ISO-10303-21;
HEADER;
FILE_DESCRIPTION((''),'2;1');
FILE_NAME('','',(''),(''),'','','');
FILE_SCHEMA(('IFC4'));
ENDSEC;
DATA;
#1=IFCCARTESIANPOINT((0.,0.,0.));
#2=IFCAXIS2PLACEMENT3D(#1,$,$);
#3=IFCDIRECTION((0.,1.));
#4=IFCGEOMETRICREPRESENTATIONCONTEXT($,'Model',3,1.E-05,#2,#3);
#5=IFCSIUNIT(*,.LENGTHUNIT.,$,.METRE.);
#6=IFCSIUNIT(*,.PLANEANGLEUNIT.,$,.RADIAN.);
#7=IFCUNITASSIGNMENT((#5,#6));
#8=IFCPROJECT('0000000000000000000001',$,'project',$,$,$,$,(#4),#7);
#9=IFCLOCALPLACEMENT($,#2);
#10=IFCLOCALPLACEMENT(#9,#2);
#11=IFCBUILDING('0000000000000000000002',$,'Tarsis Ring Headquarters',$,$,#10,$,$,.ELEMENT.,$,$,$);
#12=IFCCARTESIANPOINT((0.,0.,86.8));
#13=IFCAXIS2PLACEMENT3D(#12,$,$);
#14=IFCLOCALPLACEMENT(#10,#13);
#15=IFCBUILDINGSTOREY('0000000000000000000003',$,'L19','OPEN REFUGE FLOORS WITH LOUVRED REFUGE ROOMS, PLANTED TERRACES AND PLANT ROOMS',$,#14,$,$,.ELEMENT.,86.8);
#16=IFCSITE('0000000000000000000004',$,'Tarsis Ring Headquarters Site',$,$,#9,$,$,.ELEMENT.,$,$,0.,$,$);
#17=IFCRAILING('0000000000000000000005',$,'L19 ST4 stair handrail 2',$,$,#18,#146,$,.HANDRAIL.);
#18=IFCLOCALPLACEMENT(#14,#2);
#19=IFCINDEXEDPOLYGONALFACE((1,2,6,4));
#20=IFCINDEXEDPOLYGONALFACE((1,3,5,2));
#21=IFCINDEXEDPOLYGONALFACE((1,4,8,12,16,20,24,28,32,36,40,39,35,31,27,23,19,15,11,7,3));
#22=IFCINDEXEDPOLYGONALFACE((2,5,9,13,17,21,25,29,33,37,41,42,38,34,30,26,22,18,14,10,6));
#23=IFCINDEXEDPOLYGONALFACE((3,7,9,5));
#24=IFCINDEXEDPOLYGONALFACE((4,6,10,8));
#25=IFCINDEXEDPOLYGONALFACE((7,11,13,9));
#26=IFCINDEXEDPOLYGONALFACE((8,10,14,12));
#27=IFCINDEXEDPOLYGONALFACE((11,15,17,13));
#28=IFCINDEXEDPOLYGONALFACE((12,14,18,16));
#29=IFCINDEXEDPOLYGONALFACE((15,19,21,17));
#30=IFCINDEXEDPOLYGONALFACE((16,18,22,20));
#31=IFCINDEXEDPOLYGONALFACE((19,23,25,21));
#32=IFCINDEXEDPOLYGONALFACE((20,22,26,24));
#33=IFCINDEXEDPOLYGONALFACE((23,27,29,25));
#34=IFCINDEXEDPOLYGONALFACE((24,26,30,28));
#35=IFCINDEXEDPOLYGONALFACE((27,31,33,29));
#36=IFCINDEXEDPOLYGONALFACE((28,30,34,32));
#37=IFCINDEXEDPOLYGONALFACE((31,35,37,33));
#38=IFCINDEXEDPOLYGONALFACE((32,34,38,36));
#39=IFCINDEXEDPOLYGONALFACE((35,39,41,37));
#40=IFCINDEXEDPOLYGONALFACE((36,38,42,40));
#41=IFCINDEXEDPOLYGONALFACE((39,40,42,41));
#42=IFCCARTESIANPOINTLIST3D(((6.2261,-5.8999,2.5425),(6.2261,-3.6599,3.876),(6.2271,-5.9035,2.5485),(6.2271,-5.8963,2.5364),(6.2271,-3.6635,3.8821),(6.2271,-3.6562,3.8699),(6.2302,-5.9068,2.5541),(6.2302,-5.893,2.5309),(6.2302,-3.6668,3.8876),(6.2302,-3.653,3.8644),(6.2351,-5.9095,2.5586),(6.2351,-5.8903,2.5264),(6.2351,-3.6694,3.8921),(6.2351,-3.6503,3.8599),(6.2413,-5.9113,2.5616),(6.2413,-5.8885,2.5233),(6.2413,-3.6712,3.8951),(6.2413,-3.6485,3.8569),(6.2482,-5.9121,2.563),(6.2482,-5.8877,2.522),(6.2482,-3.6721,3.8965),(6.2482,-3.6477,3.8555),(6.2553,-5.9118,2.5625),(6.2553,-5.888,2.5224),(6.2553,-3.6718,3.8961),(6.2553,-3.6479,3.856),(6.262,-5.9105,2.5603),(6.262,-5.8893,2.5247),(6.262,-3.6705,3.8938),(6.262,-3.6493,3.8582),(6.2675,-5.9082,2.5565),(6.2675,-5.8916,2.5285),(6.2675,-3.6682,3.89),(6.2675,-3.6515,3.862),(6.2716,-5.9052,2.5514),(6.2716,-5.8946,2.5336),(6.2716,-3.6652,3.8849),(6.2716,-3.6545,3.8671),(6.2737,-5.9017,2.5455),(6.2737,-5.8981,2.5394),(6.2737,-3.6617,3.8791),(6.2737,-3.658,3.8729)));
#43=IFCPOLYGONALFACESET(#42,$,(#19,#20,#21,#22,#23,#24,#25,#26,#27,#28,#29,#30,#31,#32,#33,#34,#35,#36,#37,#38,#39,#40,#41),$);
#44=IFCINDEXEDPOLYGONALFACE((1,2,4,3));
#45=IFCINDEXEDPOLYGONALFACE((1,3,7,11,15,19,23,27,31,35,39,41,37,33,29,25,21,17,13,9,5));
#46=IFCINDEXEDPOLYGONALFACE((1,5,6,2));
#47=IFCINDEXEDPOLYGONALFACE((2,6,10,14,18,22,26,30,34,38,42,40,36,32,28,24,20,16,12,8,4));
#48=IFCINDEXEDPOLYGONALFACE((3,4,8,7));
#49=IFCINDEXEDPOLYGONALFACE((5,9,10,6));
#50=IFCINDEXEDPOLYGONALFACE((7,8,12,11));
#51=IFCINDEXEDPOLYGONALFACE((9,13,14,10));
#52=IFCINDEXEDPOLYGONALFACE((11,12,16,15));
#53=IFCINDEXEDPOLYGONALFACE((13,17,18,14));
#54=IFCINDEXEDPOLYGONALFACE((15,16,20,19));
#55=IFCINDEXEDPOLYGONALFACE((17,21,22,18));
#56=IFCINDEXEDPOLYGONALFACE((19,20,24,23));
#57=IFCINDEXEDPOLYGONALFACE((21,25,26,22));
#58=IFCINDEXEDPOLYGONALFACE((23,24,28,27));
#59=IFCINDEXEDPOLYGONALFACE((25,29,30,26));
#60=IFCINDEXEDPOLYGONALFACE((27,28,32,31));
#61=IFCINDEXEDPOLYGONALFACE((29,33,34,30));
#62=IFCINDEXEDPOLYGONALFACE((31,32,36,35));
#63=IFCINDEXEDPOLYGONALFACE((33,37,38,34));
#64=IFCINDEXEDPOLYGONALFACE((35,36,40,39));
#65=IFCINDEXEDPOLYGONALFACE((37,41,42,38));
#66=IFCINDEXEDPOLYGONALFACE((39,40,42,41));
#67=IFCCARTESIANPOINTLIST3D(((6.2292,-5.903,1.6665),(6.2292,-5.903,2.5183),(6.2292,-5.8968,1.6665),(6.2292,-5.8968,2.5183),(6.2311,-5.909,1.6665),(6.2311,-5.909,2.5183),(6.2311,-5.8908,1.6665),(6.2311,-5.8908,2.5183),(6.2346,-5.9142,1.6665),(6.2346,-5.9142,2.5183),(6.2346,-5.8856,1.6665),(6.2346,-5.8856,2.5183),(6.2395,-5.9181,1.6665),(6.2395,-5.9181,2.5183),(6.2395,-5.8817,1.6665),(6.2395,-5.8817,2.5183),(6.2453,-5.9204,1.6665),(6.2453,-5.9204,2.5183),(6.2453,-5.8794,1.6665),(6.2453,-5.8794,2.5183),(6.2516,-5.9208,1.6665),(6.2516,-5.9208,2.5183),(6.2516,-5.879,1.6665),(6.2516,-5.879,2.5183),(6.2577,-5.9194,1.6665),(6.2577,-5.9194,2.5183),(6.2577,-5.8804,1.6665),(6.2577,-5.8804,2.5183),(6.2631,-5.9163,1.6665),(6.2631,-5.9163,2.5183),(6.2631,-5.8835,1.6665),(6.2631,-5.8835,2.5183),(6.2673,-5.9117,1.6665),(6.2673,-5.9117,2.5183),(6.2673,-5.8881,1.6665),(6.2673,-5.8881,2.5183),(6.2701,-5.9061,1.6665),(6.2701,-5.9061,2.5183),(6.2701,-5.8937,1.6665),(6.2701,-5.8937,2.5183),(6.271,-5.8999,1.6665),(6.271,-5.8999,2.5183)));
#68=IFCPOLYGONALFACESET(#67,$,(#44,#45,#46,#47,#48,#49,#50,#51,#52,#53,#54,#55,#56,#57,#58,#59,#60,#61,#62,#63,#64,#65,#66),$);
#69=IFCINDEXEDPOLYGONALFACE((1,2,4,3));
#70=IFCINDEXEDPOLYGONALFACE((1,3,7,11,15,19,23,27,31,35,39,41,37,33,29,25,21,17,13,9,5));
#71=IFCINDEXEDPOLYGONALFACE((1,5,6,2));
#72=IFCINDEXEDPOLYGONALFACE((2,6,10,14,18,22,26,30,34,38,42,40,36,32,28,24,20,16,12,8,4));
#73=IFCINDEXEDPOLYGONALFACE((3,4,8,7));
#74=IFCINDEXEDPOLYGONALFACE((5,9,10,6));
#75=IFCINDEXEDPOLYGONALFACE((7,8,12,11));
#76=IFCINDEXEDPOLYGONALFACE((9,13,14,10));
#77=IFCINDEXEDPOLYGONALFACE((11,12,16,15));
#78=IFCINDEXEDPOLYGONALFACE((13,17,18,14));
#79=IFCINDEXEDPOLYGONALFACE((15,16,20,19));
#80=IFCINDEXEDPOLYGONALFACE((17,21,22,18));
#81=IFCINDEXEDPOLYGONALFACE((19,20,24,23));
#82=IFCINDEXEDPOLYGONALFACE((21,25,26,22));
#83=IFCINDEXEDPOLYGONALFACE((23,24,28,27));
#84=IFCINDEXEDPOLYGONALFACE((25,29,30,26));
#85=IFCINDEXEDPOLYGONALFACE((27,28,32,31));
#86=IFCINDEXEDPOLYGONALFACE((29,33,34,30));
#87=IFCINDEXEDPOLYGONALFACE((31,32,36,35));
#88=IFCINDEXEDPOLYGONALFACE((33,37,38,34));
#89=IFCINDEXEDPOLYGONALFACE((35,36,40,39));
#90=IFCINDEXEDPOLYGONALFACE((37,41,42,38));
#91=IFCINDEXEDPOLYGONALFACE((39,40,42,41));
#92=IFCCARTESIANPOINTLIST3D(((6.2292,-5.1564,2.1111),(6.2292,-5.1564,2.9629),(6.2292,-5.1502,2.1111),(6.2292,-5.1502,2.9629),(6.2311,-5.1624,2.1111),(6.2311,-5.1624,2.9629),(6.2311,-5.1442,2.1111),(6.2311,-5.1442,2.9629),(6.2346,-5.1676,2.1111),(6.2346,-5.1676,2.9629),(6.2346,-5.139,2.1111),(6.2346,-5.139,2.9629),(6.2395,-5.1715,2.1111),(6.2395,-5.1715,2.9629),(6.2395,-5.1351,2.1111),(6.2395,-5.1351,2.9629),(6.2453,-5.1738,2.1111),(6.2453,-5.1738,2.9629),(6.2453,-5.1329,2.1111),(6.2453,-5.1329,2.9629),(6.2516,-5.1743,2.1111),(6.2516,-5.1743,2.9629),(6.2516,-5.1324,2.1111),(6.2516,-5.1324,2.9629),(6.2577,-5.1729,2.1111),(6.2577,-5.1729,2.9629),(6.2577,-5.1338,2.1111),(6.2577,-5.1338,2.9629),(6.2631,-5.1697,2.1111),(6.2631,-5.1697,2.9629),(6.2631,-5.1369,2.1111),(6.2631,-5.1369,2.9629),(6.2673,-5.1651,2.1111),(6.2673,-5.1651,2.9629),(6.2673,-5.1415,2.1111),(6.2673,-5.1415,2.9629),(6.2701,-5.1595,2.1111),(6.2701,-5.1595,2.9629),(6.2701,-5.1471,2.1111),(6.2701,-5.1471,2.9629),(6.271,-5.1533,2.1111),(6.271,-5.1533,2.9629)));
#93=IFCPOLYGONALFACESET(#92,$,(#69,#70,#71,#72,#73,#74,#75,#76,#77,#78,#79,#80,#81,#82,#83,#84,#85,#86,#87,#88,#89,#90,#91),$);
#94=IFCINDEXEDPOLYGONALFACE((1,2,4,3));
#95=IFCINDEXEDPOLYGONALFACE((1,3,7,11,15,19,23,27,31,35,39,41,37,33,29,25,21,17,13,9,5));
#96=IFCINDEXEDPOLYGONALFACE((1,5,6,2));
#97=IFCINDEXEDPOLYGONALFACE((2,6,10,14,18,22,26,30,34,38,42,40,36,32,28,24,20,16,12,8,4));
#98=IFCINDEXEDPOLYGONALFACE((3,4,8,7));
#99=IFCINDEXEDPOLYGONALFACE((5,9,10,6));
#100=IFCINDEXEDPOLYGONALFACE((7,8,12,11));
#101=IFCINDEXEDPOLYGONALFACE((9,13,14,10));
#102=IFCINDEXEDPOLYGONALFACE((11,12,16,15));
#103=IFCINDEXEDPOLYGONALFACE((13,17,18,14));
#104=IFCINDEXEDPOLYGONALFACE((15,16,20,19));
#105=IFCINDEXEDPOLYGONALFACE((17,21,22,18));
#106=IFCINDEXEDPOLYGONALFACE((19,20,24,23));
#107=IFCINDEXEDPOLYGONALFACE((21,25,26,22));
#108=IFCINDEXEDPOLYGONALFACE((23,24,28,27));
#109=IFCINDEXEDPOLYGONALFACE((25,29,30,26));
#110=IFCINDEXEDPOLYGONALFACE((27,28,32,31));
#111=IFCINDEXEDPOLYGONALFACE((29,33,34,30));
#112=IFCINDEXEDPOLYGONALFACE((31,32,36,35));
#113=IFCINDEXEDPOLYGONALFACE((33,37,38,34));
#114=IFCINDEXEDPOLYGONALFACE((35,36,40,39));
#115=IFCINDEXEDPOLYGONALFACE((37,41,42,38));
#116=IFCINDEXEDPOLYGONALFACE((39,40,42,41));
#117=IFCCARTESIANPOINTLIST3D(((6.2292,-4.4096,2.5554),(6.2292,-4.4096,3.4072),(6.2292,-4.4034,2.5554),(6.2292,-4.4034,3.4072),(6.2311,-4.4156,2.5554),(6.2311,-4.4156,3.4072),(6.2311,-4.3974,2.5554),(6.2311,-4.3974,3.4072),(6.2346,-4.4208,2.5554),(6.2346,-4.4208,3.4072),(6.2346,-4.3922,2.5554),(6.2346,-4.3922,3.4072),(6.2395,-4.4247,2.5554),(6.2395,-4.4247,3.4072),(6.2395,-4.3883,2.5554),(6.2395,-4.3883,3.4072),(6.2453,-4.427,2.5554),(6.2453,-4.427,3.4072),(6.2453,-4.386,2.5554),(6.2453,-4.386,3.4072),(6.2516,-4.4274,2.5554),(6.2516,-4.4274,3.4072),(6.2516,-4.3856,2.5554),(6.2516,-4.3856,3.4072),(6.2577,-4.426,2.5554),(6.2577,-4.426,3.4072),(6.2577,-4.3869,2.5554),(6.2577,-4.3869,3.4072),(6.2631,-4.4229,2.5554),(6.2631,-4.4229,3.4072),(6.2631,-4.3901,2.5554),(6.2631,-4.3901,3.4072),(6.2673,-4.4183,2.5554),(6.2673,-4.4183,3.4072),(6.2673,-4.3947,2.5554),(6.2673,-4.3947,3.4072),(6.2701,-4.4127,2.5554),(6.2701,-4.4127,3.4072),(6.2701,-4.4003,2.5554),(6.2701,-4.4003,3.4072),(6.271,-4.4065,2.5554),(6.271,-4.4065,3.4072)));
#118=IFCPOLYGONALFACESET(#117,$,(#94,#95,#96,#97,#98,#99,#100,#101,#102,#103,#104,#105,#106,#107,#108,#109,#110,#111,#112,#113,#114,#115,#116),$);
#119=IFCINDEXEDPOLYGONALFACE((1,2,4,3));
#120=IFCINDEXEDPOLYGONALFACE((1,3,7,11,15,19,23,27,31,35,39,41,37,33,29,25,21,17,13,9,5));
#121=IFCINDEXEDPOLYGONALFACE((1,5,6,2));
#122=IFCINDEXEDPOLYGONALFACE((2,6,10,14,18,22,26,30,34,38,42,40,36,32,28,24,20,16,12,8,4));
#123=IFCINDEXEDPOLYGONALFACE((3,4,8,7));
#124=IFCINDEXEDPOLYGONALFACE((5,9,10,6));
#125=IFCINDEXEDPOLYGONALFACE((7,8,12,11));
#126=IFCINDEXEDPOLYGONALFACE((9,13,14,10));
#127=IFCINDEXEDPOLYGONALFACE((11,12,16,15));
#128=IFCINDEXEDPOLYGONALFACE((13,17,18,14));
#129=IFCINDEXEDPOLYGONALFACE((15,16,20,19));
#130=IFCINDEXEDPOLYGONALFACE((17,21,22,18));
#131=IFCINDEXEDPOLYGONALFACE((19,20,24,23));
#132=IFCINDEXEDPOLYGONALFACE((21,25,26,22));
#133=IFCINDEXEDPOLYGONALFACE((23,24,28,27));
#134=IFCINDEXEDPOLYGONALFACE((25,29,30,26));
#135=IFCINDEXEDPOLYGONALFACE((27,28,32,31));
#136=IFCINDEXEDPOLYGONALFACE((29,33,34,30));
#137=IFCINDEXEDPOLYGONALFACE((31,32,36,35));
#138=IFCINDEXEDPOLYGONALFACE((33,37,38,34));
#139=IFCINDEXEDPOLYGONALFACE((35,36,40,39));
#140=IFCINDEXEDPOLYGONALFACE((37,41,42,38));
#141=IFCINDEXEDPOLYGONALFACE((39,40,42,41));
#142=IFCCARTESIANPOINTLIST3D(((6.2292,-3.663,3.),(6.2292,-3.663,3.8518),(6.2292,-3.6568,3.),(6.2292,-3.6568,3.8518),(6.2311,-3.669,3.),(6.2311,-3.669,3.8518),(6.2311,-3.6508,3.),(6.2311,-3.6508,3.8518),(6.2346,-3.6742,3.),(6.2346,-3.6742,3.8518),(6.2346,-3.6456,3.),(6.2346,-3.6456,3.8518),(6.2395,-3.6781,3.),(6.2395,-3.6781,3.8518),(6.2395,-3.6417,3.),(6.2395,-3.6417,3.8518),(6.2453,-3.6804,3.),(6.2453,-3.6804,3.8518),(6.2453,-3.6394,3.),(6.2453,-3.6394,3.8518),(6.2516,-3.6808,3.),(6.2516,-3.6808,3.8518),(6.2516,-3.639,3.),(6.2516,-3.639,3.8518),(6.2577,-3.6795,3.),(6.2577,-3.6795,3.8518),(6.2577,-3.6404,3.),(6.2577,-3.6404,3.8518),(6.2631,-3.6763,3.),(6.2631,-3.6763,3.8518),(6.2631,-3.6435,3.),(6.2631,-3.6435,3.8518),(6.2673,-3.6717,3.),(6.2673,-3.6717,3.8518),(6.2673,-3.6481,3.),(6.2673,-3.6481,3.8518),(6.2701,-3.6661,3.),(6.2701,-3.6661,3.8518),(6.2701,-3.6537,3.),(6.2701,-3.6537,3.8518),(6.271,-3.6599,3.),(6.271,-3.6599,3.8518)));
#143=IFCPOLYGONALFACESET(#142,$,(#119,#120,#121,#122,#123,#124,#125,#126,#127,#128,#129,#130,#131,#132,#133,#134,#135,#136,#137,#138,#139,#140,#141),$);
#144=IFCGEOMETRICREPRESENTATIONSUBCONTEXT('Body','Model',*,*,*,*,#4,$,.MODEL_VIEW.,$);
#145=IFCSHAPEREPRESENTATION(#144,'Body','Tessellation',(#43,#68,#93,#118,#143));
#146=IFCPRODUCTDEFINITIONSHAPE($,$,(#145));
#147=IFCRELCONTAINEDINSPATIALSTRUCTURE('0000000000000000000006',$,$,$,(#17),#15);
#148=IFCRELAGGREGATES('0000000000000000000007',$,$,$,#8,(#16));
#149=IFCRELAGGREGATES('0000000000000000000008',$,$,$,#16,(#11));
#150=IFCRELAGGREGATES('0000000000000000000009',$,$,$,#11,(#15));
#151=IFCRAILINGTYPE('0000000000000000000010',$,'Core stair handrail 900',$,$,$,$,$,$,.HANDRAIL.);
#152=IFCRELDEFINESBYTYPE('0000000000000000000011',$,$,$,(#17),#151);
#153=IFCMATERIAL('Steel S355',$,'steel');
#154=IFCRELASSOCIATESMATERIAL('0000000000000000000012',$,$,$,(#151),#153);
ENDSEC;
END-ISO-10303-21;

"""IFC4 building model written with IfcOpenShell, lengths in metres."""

from ifc_helpers import new_model, si_unit, direction, frame, origin, origin_2d, place, context, subcontext, project, spatial, circle, extrude, material, type_object, element, save


model = new_model("IFC4")

# Units and contexts
model_context = context("Model", 3, precision=1e-05, world=origin(), true_north=direction((0.0, 1.0)))
body_context = subcontext(model_context, "Body", "Model", "MODEL_VIEW")
ifc_project = project(units=[si_unit("LENGTHUNIT", "METRE"), si_unit("PLANEANGLEUNIT", "RADIAN")], contexts=[model_context])

# Site, building, storey
site_placement = place(None, origin())
site = spatial("IfcSite", under=ifc_project, at=site_placement, Name="Tarsis Ring Headquarters Site", CompositionType="ELEMENT", RefElevation=0.0)
building_placement = place(site_placement, origin())
building = spatial("IfcBuilding", under=site, at=building_placement, Name="Tarsis Ring Headquarters", CompositionType="ELEMENT")
storey_placement = place(building_placement, frame((0.0, 0.0, 86.8)))
storey = spatial("IfcBuildingStorey", under=building, at=storey_placement, Name="L19", Description="OPEN REFUGE FLOORS WITH LOUVRED REFUGE ROOMS, PLANTED TERRACES AND PLANT ROOMS", CompositionType="ELEMENT", Elevation=86.8)

# Railing
ifc_material_1 = material(Name="Steel S355", Category="steel")
railing_type_1 = type_object("IfcRailingType", Name="Core stair handrail 900", PredefinedType="HANDRAIL", material=ifc_material_1)
for number, where, name in (
    (1, (6.25, -5.8999, 1.6665), "L19 ST4 stair handrail 2"),
):
    element("IfcRailing", number, at=place(storey_placement, frame(where)), inside=storey, type_object=railing_type_1, Name=name, PredefinedType="HANDRAIL", context=body_context, shape_type="SweptSolid", body=[
        extrude(circle(Radius=0.0239, at=origin_2d()), frame((0.0, 0.0, 0.876), z_axis=(0.0, 0.859264, 0.511532), x_axis=(-1.0, 0.0, 0.0)), (0.0, 0.0, 1.0), 2.6069),
        extrude(circle(Radius=0.021, at=origin_2d()), origin(), (0.0, 0.0, 1.0), 0.8518),
        extrude(circle(Radius=0.021, at=origin_2d()), frame((0.0, 0.7466, 0.4446)), (0.0, 0.0, 1.0), 0.8518),
        extrude(circle(Radius=0.021, at=origin_2d()), frame((0.0, 1.4934, 0.8889)), (0.0, 0.0, 1.0), 0.8518),
        extrude(circle(Radius=0.021, at=origin_2d()), frame((0.0, 2.24, 1.3335)), (0.0, 0.0, 1.0), 0.8518),
    ])

save(model, "model.ifc")
